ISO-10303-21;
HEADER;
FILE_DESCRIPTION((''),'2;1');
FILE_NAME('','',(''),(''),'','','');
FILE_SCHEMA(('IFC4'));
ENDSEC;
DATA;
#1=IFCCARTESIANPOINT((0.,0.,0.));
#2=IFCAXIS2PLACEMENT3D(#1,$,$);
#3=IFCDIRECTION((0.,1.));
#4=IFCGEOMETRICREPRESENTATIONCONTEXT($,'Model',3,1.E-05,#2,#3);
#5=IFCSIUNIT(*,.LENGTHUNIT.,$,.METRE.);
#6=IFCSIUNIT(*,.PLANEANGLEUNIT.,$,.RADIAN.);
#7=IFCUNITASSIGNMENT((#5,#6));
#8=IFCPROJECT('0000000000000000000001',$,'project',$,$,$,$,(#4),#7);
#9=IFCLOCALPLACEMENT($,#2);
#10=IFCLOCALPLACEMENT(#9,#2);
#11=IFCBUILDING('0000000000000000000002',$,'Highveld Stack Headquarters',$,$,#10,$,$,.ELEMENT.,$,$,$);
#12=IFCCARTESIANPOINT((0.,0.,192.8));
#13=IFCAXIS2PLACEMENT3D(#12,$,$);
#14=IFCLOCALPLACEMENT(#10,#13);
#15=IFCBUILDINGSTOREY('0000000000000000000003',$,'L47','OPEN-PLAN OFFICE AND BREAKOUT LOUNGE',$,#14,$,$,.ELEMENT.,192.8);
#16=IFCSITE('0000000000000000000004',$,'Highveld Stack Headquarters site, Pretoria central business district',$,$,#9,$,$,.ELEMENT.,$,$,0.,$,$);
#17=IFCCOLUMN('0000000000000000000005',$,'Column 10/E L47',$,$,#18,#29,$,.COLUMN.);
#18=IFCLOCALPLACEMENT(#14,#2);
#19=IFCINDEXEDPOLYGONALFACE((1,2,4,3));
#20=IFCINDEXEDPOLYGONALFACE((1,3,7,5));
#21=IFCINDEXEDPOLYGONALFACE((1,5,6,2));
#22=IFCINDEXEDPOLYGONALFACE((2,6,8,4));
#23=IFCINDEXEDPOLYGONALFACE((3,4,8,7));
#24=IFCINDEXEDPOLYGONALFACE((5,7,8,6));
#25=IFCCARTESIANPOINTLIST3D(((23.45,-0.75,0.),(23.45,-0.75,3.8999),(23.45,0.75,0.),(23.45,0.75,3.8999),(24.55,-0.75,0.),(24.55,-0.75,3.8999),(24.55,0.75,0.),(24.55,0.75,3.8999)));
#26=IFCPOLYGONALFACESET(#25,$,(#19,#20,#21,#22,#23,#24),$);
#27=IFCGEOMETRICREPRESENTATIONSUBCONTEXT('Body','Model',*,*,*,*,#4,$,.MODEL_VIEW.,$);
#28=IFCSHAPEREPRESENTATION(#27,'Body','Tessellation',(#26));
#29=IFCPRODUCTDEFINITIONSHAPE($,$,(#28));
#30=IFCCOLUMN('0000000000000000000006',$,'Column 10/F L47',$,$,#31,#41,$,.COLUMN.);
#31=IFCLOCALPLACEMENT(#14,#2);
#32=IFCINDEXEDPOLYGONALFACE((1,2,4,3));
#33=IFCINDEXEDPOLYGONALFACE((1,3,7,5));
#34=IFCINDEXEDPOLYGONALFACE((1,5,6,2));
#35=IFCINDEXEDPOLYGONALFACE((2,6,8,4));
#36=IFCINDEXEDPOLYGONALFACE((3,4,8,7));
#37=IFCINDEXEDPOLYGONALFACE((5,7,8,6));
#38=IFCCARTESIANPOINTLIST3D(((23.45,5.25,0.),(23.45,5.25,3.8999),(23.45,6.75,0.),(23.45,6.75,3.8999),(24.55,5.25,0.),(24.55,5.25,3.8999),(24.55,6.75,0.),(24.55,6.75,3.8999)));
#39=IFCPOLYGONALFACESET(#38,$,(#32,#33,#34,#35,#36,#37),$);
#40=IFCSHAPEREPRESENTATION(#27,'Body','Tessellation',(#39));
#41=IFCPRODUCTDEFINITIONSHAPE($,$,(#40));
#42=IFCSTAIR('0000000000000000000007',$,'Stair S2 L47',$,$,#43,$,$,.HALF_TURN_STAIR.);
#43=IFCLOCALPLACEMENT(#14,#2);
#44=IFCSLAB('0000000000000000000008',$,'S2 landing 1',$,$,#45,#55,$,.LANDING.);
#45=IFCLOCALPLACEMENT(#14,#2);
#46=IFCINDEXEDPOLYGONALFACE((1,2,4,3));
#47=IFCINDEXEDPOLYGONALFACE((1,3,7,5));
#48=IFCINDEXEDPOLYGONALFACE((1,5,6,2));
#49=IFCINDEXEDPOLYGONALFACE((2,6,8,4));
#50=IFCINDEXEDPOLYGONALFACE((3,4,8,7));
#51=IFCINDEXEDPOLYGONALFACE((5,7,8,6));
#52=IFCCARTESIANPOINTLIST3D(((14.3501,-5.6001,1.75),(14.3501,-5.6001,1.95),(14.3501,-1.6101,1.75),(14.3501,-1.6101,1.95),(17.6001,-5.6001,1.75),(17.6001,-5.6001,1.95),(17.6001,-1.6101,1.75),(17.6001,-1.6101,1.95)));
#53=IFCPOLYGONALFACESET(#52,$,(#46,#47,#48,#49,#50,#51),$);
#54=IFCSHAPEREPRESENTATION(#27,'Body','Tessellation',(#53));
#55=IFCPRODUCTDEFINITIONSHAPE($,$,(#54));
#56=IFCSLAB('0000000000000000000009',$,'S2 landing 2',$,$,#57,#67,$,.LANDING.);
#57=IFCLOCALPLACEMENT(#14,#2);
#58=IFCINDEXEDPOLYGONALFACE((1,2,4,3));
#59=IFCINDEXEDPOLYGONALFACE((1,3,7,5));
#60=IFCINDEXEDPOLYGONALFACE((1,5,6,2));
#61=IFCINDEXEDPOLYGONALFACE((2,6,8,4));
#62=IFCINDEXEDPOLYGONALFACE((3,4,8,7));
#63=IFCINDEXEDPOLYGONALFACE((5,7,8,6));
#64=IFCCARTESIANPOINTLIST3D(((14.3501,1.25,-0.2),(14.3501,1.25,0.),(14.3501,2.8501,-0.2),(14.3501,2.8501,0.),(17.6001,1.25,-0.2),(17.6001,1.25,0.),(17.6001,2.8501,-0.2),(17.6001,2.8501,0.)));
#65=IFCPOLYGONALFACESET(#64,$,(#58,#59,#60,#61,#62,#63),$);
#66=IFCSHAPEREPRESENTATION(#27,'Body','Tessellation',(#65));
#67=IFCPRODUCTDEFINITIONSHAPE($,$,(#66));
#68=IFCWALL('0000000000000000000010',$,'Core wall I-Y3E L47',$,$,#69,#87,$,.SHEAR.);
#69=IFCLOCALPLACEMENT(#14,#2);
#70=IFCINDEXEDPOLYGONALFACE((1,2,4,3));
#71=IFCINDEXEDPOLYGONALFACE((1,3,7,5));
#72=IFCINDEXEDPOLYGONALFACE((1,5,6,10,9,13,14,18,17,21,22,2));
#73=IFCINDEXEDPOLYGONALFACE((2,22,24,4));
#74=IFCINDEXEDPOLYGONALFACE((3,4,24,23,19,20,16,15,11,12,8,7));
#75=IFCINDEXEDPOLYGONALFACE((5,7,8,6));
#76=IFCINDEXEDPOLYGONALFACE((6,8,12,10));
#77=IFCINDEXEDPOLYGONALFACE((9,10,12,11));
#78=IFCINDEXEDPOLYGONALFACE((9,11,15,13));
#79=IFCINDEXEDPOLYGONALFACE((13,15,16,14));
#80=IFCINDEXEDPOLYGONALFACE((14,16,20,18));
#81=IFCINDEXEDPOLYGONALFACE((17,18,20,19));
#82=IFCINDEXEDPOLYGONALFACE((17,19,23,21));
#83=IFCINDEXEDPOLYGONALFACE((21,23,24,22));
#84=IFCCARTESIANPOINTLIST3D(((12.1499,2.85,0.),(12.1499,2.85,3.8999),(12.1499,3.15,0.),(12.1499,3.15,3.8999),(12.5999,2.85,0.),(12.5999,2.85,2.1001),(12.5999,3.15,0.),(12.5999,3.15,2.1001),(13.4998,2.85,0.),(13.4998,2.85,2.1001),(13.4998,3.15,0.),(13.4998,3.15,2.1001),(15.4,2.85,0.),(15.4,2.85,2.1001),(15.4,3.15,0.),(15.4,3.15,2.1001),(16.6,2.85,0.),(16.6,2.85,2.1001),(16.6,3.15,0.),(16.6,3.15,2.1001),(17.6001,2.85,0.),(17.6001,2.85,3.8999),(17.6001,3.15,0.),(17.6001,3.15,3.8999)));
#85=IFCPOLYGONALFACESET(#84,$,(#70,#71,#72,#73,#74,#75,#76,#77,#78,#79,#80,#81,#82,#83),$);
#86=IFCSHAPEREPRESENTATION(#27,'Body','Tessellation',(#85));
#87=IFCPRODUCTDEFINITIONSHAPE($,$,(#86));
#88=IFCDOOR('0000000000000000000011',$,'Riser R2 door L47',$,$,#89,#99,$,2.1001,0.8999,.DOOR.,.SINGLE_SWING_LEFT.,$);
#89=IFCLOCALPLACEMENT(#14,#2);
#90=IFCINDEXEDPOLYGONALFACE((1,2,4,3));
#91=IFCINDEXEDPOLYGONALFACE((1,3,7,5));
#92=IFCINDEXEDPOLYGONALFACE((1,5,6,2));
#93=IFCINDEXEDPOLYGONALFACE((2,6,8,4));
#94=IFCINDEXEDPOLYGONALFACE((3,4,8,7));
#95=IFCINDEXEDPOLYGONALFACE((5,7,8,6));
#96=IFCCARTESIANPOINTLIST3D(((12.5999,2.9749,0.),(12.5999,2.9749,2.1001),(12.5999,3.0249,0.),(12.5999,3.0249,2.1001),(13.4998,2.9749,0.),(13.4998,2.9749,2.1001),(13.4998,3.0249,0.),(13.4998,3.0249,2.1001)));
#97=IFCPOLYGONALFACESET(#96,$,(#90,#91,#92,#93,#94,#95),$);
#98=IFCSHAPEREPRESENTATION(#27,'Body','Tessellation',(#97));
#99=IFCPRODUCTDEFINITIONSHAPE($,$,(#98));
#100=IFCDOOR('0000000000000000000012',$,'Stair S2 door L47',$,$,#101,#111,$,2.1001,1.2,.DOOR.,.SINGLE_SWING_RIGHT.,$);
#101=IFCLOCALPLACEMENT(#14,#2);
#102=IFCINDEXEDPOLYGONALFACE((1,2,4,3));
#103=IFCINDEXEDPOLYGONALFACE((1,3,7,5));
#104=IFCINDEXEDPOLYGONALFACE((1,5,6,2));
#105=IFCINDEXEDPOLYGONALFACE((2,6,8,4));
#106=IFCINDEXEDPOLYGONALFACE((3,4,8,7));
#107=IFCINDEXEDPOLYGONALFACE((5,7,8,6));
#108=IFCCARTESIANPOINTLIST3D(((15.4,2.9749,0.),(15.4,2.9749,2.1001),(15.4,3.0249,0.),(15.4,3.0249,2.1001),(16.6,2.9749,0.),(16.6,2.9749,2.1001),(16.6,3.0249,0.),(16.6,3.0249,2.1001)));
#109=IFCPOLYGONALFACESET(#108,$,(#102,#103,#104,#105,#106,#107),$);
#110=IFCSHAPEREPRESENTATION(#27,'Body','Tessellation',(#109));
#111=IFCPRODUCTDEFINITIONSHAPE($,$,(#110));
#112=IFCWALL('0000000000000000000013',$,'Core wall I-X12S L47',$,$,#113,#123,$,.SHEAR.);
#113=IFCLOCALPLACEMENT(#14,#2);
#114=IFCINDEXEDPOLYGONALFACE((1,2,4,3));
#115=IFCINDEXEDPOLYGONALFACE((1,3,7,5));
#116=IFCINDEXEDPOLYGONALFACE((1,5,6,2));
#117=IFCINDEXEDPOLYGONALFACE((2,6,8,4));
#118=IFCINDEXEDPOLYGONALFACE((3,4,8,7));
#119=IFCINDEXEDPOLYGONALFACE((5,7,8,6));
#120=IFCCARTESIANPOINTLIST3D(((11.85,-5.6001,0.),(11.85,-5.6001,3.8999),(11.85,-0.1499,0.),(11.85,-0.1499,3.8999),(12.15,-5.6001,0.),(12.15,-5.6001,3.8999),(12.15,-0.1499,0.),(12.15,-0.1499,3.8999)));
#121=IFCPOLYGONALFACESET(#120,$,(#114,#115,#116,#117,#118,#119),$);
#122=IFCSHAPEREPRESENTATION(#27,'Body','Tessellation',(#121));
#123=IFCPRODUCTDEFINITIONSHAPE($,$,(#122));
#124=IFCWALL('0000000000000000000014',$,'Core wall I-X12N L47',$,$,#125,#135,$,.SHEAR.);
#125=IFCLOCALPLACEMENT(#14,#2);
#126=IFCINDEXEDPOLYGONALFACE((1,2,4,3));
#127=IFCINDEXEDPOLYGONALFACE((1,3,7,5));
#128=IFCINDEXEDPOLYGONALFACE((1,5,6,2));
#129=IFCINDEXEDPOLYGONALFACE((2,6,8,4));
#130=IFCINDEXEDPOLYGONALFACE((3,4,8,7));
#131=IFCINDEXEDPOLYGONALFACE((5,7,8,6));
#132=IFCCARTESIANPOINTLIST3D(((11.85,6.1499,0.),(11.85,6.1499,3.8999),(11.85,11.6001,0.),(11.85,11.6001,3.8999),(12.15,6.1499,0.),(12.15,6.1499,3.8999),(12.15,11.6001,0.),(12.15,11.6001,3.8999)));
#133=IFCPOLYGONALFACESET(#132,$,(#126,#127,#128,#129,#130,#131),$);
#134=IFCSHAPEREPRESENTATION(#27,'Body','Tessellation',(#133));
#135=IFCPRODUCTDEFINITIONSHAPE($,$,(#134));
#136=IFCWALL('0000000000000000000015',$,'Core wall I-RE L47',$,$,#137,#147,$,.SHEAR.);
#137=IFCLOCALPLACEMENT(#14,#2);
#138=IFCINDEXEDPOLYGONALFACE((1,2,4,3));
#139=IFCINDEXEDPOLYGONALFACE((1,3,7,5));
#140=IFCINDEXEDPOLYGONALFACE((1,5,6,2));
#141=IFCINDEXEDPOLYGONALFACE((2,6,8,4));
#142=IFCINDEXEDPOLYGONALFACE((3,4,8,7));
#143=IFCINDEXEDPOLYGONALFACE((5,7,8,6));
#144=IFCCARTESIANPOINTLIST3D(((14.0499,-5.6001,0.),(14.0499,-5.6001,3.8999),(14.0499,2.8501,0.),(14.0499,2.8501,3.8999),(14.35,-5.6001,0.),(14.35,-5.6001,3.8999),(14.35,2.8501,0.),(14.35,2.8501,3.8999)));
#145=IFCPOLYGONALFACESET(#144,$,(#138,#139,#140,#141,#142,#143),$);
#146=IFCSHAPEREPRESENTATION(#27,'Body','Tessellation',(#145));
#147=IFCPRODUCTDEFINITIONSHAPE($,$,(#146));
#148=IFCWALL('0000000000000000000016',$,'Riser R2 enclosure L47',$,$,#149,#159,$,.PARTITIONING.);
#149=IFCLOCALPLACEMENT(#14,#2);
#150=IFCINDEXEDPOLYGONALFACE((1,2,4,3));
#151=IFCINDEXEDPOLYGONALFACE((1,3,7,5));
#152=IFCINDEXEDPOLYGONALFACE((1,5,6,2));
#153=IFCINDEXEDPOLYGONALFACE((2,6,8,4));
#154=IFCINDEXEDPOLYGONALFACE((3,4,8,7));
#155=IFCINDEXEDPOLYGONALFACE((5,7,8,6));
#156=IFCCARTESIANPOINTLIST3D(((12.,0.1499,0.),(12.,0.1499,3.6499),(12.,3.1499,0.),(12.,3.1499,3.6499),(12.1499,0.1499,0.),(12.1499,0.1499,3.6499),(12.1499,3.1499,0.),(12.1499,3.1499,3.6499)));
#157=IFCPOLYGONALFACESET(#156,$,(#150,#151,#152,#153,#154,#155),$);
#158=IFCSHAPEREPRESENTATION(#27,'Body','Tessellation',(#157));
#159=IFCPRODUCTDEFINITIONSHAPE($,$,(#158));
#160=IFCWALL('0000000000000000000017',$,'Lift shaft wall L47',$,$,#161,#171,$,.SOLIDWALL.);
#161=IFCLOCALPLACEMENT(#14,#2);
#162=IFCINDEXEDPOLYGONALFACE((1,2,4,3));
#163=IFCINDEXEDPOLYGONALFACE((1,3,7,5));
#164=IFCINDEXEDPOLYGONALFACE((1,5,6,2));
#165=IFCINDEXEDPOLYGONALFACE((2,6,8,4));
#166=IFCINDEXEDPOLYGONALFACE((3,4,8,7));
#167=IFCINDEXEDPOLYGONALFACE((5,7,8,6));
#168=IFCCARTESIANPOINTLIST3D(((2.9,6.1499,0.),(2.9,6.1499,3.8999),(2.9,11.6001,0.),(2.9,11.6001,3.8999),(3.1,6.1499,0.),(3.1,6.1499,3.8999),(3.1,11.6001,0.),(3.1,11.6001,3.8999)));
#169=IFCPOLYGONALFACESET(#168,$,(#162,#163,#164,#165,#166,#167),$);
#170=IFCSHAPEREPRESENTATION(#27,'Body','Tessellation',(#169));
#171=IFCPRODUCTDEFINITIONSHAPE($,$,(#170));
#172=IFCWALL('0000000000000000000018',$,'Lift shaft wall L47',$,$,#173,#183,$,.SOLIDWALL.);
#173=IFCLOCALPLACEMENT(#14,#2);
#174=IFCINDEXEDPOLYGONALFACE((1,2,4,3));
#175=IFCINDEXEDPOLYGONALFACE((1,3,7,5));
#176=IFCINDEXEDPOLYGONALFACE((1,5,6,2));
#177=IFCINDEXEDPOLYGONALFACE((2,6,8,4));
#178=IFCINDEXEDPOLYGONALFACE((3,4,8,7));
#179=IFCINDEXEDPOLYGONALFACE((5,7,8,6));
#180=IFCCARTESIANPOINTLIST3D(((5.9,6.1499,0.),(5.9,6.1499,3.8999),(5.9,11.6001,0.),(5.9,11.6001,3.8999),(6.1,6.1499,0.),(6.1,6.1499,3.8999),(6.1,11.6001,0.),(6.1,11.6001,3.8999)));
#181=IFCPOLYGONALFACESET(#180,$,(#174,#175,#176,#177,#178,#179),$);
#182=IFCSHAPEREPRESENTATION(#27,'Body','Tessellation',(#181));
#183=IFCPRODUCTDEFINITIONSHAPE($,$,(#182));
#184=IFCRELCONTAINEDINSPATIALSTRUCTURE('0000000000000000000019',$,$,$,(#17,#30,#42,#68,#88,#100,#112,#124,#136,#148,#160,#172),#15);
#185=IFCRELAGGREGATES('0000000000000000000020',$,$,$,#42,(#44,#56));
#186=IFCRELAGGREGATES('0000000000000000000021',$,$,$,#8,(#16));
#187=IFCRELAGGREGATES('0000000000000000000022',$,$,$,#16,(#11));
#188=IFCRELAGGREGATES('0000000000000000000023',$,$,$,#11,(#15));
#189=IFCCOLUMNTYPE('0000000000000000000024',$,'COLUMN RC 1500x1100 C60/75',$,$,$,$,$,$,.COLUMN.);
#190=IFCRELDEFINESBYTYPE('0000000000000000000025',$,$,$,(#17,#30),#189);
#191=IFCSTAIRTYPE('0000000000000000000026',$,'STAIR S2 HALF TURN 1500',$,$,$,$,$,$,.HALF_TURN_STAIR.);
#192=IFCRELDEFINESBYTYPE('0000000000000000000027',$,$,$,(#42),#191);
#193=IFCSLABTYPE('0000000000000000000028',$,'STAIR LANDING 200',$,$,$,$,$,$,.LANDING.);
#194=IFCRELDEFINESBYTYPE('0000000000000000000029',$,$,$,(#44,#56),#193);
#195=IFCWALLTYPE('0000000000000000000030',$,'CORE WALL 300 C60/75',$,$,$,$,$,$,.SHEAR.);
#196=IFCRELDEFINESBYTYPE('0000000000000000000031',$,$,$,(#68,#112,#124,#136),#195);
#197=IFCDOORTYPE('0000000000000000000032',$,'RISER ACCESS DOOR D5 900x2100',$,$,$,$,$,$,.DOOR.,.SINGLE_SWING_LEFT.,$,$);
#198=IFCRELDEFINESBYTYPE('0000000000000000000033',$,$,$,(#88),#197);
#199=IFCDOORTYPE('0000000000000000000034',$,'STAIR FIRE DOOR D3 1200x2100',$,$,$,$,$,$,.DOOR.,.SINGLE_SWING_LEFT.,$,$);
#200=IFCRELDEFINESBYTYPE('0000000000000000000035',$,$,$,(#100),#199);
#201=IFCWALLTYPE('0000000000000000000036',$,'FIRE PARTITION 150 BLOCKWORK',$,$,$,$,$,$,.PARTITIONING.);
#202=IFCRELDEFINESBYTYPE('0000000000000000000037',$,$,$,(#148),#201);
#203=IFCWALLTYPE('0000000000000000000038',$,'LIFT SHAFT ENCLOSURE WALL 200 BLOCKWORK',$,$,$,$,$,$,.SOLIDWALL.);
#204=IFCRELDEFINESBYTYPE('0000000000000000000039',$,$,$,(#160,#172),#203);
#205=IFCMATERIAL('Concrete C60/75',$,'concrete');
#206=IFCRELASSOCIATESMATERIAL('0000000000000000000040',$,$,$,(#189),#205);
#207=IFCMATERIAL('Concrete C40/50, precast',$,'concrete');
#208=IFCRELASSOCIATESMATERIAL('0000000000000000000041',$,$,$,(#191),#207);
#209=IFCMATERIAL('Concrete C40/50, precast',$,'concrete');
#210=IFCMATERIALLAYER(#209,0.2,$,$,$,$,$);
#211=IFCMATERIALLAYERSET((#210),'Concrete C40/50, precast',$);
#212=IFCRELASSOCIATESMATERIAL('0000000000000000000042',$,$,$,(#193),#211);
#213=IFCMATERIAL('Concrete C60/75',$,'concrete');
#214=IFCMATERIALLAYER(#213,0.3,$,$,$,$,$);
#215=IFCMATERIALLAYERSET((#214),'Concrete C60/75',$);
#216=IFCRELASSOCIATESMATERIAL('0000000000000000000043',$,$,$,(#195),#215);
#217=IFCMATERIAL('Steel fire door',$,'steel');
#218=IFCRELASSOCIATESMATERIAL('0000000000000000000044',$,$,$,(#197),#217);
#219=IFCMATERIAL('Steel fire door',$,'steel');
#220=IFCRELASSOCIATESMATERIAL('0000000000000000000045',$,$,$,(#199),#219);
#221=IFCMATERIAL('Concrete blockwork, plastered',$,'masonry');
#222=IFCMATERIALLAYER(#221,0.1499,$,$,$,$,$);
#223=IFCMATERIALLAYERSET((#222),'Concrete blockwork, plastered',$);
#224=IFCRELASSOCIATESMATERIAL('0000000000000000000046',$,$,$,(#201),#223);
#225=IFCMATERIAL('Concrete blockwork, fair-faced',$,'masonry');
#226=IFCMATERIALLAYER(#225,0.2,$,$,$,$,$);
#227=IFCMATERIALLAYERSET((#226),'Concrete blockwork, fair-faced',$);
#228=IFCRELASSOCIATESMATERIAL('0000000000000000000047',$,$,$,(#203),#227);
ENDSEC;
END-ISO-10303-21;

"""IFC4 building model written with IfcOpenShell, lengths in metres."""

from ifc_helpers import new_model, si_unit, direction, frame, frame_2d, origin, origin_2d, place, context, subcontext, project, spatial, polyline, rectangle, outline, extrude, material, layer, layer_set, material_profile, profile_set, type_object, element, fill, aggregate, save


model = new_model("IFC4")

# Units and contexts
model_context = context("Model", 3, precision=1e-05, world=origin(), true_north=direction((0.0, 1.0)))
body_context = subcontext(model_context, "Body", "Model", "MODEL_VIEW")
ifc_project = project(units=[si_unit("LENGTHUNIT", "METRE"), si_unit("PLANEANGLEUNIT", "RADIAN")], contexts=[model_context])

# Site, building, storey
site_placement = place(None, origin())
site = spatial("IfcSite", under=ifc_project, at=site_placement, Name="Highveld Stack Headquarters site, Pretoria central business district", CompositionType="ELEMENT", RefElevation=0.0)
building_placement = place(site_placement, origin())
building = spatial("IfcBuilding", under=site, at=building_placement, Name="Highveld Stack Headquarters", CompositionType="ELEMENT")
storey_placement = place(building_placement, frame((0.0, 0.0, 192.8)))
storey = spatial("IfcBuildingStorey", under=building, at=storey_placement, Name="L47", Description="OPEN-PLAN OFFICE AND BREAKOUT LOUNGE", CompositionType="ELEMENT", Elevation=192.8)

# Columns
ifc_material_1 = material(Name="Concrete C60/75", Category="concrete")
ifc_material_profile = material_profile(ifc_material_1, rectangle(XDim=1.5, YDim=1.1001, at=origin_2d()), Name="RC 1500x1100")
ifc_profile_set = profile_set([ifc_material_profile], Name="Concrete C60/75")
column_type = type_object("IfcColumnType", Name="COLUMN RC 1500x1100 C60/75", PredefinedType="COLUMN", material=ifc_profile_set)
for number, where, z_axis, x_axis, name in (
    (1, (24.0, 0.0, 0.0), (0.0, 0.0, 1.0), (0.0, 1.0, 0.0), "Column 10/E L47"),
    (2, (24.0, 6.0, 0.0), (0.0, 0.0, 1.0), (0.0, 1.0, 0.0), "Column 10/F L47"),
):
    element("IfcColumn", number, at=place(storey_placement, frame(where, z_axis=z_axis, x_axis=x_axis)), inside=storey, type_object=column_type, Name=name, PredefinedType="COLUMN", context=body_context, shape_type="SweptSolid", body=[
        extrude(rectangle(XDim=1.5, YDim=1.1001, at=origin_2d()), origin(), (0.0, 0.0, 1.0), 3.8999),
    ])

# Stair, slabs
ifc_material_2 = material(Name="Concrete C40/50, precast", Category="concrete")
stair_type = type_object("IfcStairType", Name="STAIR S2 HALF TURN 1500", PredefinedType="HALF_TURN_STAIR", material=ifc_material_2)
stair_placement = place(storey_placement, origin())
stair = element("IfcStair", 3, at=stair_placement, inside=storey, type_object=stair_type, Name="Stair S2 L47", PredefinedType="HALF_TURN_STAIR")
ifc_material_3 = material(Name="Concrete C40/50, precast", Category="concrete")
ifc_layer_1 = layer(ifc_material_3, 0.2)
ifc_layer_set_1 = layer_set([ifc_layer_1], Name="Concrete C40/50, precast")
slab_type = type_object("IfcSlabType", Name="STAIR LANDING 200", PredefinedType="LANDING", material=ifc_layer_set_1)
slab_1_placement = place(storey_placement, frame((0.0, 0.0, 1.75)))
slab_1 = element("IfcSlab", 4, at=slab_1_placement, type_object=slab_type, Name="S2 landing 1", PredefinedType="LANDING", context=body_context, shape_type="SweptSolid", body=[
    extrude(outline(polyline([(14.3501, -5.6001), (17.6001, -5.6001), (17.6001, -1.6101), (14.3501, -1.6101), (14.3501, -5.6001)])), origin(), (0.0, 0.0, 1.0), 0.2),
])
slab_2_placement = place(storey_placement, frame((0.0, 0.0, -0.2)))
slab_2 = element("IfcSlab", 5, at=slab_2_placement, type_object=slab_type, Name="S2 landing 2", PredefinedType="LANDING", context=body_context, shape_type="SweptSolid", body=[
    extrude(outline(polyline([(14.3501, 1.25), (17.6001, 1.25), (17.6001, 2.8501), (14.3501, 2.8501), (14.3501, 1.25)])), origin(), (0.0, 0.0, 1.0), 0.2),
])

# Wall, openings, doors
ifc_material_4 = material(Name="Concrete C60/75", Category="concrete")
ifc_layer_2 = layer(ifc_material_4, 0.3)
ifc_layer_set_2 = layer_set([ifc_layer_2], Name="Concrete C60/75")
wall_type_1 = type_object("IfcWallType", Name="CORE WALL 300 C60/75", PredefinedType="SHEAR", material=ifc_layer_set_2)
wall_1_placement = place(storey_placement, frame((12.1499, 3.0, 0.0), z_axis=(0.0, 0.0, 1.0), x_axis=(1.0, 0.0, 0.0)))
wall_1 = element("IfcWall", 6, at=wall_1_placement, inside=storey, type_object=wall_type_1, Name="Core wall I-Y3E L47", PredefinedType="SHEAR", context=body_context, shape_type="SweptSolid", body=[
    extrude(rectangle(XDim=5.4502, YDim=0.3, at=frame_2d((2.7251, 0.0))), origin(), (0.0, 0.0, 1.0), 3.8999),
])
opening_1_placement = place(wall_1_placement, frame((3.25, 0.0, 0.0)))
opening_1 = element("IfcOpeningElement", 7, at=opening_1_placement, cuts=wall_1, PredefinedType="OPENING", context=body_context, shape_type="SweptSolid", body=[
    extrude(rectangle(XDim=1.2, YDim=2.1001, at=frame_2d((0.6001, 1.05))), frame((0.0, 0.1599, 0.0), z_axis=(0.0, -1.0, 0.0), x_axis=(1.0, 0.0, 0.0)), (0.0, 0.0, 1.0), 0.3201),
])
opening_2_placement = place(wall_1_placement, frame((0.45, 0.0, 0.0)))
opening_2 = element("IfcOpeningElement", 8, at=opening_2_placement, cuts=wall_1, PredefinedType="OPENING", context=body_context, shape_type="SweptSolid", body=[
    extrude(rectangle(XDim=0.8999, YDim=2.1001, at=frame_2d((0.45, 1.05))), frame((0.0, 0.1599, 0.0), z_axis=(0.0, -1.0, 0.0), x_axis=(1.0, 0.0, 0.0)), (0.0, 0.0, 1.0), 0.3201),
])
ifc_material_5 = material(Name="Steel fire door", Category="steel")
door_type_1 = type_object("IfcDoorType", Name="RISER ACCESS DOOR D5 900x2100", OperationType="SINGLE_SWING_LEFT", PredefinedType="DOOR", material=ifc_material_5)
door_1_placement = place(opening_2_placement, origin())
door_1 = element("IfcDoor", 9, at=door_1_placement, inside=storey, type_object=door_type_1, Name="Riser R2 door L47", OperationType="SINGLE_SWING_LEFT", OverallHeight=2.1001, OverallWidth=0.8999, PredefinedType="DOOR", context=body_context, shape_type="SweptSolid", body=[
    extrude(rectangle(XDim=0.8999, YDim=2.1001, at=frame_2d((0.45, 1.05))), frame((0.0, 0.0249, 0.0), z_axis=(0.0, -1.0, 0.0), x_axis=(1.0, 0.0, 0.0)), (0.0, 0.0, 1.0), 0.05),
])
fill(opening_2, door_1)
ifc_material_6 = material(Name="Steel fire door", Category="steel")
door_type_2 = type_object("IfcDoorType", Name="STAIR FIRE DOOR D3 1200x2100", OperationType="SINGLE_SWING_LEFT", PredefinedType="DOOR", material=ifc_material_6)
door_2_placement = place(opening_1_placement, origin())
door_2 = element("IfcDoor", 10, at=door_2_placement, inside=storey, type_object=door_type_2, Name="Stair S2 door L47", OperationType="SINGLE_SWING_RIGHT", OverallHeight=2.1001, OverallWidth=1.2, PredefinedType="DOOR", context=body_context, shape_type="SweptSolid", body=[
    extrude(rectangle(XDim=1.2, YDim=2.1001, at=frame_2d((0.6001, 1.05))), frame((0.0, 0.0249, 0.0), z_axis=(0.0, -1.0, 0.0), x_axis=(1.0, 0.0, 0.0)), (0.0, 0.0, 1.0), 0.05),
])
fill(opening_1, door_2)

# Walls
for number, where, z_axis, x_axis, name in (
    (11, (12.0, -5.6001, 0.0), (0.0, 0.0, 1.0), (0.0, 1.0, 0.0), "Core wall I-X12S L47"),
    (12, (12.0, 6.1499, 0.0), (0.0, 0.0, 1.0), (0.0, 1.0, 0.0), "Core wall I-X12N L47"),
):
    element("IfcWall", number, at=place(storey_placement, frame(where, z_axis=z_axis, x_axis=x_axis)), inside=storey, type_object=wall_type_1, Name=name, PredefinedType="SHEAR", context=body_context, shape_type="SweptSolid", body=[
        extrude(rectangle(XDim=5.4502, YDim=0.3, at=frame_2d((2.7251, 0.0))), origin(), (0.0, 0.0, 1.0), 3.8999),
    ])
wall_2_placement = place(storey_placement, frame((14.2, -5.6001, 0.0), z_axis=(0.0, 0.0, 1.0), x_axis=(0.0, 1.0, 0.0)))
element("IfcWall", 13, at=wall_2_placement, inside=storey, type_object=wall_type_1, Name="Core wall I-RE L47", PredefinedType="SHEAR", context=body_context, shape_type="SweptSolid", body=[
    extrude(rectangle(XDim=8.4502, YDim=0.3, at=frame_2d((4.2251, 0.0))), origin(), (0.0, 0.0, 1.0), 3.8999),
])
ifc_material_7 = material(Name="Concrete blockwork, plastered", Category="masonry")
ifc_layer_3 = layer(ifc_material_7, 0.1499)
ifc_layer_set_3 = layer_set([ifc_layer_3], Name="Concrete blockwork, plastered")
wall_type_2 = type_object("IfcWallType", Name="FIRE PARTITION 150 BLOCKWORK", PredefinedType="PARTITIONING", material=ifc_layer_set_3)
wall_3_placement = place(storey_placement, frame((12.075, 0.1499, 0.0), z_axis=(0.0, 0.0, 1.0), x_axis=(0.0, 1.0, 0.0)))
element("IfcWall", 14, at=wall_3_placement, inside=storey, type_object=wall_type_2, Name="Riser R2 enclosure L47", PredefinedType="PARTITIONING", context=body_context, shape_type="SweptSolid", body=[
    extrude(rectangle(XDim=3.0, YDim=0.1499, at=frame_2d((1.5, 0.0))), origin(), (0.0, 0.0, 1.0), 3.6499),
])
ifc_material_8 = material(Name="Concrete blockwork, fair-faced", Category="masonry")
ifc_layer_4 = layer(ifc_material_8, 0.2)
ifc_layer_set_4 = layer_set([ifc_layer_4], Name="Concrete blockwork, fair-faced")
wall_type_3 = type_object("IfcWallType", Name="LIFT SHAFT ENCLOSURE WALL 200 BLOCKWORK", PredefinedType="SOLIDWALL", material=ifc_layer_set_4)
for number, where, z_axis, x_axis, name in (
    (15, (3.0, 6.1499, 0.0), (0.0, 0.0, 1.0), (0.0, 1.0, 0.0), "Lift shaft wall L47"),
    (16, (6.0, 6.1499, 0.0), (0.0, 0.0, 1.0), (0.0, 1.0, 0.0), "Lift shaft wall L47"),
):
    element("IfcWall", number, at=place(storey_placement, frame(where, z_axis=z_axis, x_axis=x_axis)), inside=storey, type_object=wall_type_3, Name=name, PredefinedType="SOLIDWALL", context=body_context, shape_type="SweptSolid", body=[
        extrude(rectangle(XDim=5.4502, YDim=0.2, at=frame_2d((2.7251, 0.0))), origin(), (0.0, 0.0, 1.0), 3.8999),
    ])

aggregate(stair, [slab_1, slab_2])

save(model, "model.ifc")
